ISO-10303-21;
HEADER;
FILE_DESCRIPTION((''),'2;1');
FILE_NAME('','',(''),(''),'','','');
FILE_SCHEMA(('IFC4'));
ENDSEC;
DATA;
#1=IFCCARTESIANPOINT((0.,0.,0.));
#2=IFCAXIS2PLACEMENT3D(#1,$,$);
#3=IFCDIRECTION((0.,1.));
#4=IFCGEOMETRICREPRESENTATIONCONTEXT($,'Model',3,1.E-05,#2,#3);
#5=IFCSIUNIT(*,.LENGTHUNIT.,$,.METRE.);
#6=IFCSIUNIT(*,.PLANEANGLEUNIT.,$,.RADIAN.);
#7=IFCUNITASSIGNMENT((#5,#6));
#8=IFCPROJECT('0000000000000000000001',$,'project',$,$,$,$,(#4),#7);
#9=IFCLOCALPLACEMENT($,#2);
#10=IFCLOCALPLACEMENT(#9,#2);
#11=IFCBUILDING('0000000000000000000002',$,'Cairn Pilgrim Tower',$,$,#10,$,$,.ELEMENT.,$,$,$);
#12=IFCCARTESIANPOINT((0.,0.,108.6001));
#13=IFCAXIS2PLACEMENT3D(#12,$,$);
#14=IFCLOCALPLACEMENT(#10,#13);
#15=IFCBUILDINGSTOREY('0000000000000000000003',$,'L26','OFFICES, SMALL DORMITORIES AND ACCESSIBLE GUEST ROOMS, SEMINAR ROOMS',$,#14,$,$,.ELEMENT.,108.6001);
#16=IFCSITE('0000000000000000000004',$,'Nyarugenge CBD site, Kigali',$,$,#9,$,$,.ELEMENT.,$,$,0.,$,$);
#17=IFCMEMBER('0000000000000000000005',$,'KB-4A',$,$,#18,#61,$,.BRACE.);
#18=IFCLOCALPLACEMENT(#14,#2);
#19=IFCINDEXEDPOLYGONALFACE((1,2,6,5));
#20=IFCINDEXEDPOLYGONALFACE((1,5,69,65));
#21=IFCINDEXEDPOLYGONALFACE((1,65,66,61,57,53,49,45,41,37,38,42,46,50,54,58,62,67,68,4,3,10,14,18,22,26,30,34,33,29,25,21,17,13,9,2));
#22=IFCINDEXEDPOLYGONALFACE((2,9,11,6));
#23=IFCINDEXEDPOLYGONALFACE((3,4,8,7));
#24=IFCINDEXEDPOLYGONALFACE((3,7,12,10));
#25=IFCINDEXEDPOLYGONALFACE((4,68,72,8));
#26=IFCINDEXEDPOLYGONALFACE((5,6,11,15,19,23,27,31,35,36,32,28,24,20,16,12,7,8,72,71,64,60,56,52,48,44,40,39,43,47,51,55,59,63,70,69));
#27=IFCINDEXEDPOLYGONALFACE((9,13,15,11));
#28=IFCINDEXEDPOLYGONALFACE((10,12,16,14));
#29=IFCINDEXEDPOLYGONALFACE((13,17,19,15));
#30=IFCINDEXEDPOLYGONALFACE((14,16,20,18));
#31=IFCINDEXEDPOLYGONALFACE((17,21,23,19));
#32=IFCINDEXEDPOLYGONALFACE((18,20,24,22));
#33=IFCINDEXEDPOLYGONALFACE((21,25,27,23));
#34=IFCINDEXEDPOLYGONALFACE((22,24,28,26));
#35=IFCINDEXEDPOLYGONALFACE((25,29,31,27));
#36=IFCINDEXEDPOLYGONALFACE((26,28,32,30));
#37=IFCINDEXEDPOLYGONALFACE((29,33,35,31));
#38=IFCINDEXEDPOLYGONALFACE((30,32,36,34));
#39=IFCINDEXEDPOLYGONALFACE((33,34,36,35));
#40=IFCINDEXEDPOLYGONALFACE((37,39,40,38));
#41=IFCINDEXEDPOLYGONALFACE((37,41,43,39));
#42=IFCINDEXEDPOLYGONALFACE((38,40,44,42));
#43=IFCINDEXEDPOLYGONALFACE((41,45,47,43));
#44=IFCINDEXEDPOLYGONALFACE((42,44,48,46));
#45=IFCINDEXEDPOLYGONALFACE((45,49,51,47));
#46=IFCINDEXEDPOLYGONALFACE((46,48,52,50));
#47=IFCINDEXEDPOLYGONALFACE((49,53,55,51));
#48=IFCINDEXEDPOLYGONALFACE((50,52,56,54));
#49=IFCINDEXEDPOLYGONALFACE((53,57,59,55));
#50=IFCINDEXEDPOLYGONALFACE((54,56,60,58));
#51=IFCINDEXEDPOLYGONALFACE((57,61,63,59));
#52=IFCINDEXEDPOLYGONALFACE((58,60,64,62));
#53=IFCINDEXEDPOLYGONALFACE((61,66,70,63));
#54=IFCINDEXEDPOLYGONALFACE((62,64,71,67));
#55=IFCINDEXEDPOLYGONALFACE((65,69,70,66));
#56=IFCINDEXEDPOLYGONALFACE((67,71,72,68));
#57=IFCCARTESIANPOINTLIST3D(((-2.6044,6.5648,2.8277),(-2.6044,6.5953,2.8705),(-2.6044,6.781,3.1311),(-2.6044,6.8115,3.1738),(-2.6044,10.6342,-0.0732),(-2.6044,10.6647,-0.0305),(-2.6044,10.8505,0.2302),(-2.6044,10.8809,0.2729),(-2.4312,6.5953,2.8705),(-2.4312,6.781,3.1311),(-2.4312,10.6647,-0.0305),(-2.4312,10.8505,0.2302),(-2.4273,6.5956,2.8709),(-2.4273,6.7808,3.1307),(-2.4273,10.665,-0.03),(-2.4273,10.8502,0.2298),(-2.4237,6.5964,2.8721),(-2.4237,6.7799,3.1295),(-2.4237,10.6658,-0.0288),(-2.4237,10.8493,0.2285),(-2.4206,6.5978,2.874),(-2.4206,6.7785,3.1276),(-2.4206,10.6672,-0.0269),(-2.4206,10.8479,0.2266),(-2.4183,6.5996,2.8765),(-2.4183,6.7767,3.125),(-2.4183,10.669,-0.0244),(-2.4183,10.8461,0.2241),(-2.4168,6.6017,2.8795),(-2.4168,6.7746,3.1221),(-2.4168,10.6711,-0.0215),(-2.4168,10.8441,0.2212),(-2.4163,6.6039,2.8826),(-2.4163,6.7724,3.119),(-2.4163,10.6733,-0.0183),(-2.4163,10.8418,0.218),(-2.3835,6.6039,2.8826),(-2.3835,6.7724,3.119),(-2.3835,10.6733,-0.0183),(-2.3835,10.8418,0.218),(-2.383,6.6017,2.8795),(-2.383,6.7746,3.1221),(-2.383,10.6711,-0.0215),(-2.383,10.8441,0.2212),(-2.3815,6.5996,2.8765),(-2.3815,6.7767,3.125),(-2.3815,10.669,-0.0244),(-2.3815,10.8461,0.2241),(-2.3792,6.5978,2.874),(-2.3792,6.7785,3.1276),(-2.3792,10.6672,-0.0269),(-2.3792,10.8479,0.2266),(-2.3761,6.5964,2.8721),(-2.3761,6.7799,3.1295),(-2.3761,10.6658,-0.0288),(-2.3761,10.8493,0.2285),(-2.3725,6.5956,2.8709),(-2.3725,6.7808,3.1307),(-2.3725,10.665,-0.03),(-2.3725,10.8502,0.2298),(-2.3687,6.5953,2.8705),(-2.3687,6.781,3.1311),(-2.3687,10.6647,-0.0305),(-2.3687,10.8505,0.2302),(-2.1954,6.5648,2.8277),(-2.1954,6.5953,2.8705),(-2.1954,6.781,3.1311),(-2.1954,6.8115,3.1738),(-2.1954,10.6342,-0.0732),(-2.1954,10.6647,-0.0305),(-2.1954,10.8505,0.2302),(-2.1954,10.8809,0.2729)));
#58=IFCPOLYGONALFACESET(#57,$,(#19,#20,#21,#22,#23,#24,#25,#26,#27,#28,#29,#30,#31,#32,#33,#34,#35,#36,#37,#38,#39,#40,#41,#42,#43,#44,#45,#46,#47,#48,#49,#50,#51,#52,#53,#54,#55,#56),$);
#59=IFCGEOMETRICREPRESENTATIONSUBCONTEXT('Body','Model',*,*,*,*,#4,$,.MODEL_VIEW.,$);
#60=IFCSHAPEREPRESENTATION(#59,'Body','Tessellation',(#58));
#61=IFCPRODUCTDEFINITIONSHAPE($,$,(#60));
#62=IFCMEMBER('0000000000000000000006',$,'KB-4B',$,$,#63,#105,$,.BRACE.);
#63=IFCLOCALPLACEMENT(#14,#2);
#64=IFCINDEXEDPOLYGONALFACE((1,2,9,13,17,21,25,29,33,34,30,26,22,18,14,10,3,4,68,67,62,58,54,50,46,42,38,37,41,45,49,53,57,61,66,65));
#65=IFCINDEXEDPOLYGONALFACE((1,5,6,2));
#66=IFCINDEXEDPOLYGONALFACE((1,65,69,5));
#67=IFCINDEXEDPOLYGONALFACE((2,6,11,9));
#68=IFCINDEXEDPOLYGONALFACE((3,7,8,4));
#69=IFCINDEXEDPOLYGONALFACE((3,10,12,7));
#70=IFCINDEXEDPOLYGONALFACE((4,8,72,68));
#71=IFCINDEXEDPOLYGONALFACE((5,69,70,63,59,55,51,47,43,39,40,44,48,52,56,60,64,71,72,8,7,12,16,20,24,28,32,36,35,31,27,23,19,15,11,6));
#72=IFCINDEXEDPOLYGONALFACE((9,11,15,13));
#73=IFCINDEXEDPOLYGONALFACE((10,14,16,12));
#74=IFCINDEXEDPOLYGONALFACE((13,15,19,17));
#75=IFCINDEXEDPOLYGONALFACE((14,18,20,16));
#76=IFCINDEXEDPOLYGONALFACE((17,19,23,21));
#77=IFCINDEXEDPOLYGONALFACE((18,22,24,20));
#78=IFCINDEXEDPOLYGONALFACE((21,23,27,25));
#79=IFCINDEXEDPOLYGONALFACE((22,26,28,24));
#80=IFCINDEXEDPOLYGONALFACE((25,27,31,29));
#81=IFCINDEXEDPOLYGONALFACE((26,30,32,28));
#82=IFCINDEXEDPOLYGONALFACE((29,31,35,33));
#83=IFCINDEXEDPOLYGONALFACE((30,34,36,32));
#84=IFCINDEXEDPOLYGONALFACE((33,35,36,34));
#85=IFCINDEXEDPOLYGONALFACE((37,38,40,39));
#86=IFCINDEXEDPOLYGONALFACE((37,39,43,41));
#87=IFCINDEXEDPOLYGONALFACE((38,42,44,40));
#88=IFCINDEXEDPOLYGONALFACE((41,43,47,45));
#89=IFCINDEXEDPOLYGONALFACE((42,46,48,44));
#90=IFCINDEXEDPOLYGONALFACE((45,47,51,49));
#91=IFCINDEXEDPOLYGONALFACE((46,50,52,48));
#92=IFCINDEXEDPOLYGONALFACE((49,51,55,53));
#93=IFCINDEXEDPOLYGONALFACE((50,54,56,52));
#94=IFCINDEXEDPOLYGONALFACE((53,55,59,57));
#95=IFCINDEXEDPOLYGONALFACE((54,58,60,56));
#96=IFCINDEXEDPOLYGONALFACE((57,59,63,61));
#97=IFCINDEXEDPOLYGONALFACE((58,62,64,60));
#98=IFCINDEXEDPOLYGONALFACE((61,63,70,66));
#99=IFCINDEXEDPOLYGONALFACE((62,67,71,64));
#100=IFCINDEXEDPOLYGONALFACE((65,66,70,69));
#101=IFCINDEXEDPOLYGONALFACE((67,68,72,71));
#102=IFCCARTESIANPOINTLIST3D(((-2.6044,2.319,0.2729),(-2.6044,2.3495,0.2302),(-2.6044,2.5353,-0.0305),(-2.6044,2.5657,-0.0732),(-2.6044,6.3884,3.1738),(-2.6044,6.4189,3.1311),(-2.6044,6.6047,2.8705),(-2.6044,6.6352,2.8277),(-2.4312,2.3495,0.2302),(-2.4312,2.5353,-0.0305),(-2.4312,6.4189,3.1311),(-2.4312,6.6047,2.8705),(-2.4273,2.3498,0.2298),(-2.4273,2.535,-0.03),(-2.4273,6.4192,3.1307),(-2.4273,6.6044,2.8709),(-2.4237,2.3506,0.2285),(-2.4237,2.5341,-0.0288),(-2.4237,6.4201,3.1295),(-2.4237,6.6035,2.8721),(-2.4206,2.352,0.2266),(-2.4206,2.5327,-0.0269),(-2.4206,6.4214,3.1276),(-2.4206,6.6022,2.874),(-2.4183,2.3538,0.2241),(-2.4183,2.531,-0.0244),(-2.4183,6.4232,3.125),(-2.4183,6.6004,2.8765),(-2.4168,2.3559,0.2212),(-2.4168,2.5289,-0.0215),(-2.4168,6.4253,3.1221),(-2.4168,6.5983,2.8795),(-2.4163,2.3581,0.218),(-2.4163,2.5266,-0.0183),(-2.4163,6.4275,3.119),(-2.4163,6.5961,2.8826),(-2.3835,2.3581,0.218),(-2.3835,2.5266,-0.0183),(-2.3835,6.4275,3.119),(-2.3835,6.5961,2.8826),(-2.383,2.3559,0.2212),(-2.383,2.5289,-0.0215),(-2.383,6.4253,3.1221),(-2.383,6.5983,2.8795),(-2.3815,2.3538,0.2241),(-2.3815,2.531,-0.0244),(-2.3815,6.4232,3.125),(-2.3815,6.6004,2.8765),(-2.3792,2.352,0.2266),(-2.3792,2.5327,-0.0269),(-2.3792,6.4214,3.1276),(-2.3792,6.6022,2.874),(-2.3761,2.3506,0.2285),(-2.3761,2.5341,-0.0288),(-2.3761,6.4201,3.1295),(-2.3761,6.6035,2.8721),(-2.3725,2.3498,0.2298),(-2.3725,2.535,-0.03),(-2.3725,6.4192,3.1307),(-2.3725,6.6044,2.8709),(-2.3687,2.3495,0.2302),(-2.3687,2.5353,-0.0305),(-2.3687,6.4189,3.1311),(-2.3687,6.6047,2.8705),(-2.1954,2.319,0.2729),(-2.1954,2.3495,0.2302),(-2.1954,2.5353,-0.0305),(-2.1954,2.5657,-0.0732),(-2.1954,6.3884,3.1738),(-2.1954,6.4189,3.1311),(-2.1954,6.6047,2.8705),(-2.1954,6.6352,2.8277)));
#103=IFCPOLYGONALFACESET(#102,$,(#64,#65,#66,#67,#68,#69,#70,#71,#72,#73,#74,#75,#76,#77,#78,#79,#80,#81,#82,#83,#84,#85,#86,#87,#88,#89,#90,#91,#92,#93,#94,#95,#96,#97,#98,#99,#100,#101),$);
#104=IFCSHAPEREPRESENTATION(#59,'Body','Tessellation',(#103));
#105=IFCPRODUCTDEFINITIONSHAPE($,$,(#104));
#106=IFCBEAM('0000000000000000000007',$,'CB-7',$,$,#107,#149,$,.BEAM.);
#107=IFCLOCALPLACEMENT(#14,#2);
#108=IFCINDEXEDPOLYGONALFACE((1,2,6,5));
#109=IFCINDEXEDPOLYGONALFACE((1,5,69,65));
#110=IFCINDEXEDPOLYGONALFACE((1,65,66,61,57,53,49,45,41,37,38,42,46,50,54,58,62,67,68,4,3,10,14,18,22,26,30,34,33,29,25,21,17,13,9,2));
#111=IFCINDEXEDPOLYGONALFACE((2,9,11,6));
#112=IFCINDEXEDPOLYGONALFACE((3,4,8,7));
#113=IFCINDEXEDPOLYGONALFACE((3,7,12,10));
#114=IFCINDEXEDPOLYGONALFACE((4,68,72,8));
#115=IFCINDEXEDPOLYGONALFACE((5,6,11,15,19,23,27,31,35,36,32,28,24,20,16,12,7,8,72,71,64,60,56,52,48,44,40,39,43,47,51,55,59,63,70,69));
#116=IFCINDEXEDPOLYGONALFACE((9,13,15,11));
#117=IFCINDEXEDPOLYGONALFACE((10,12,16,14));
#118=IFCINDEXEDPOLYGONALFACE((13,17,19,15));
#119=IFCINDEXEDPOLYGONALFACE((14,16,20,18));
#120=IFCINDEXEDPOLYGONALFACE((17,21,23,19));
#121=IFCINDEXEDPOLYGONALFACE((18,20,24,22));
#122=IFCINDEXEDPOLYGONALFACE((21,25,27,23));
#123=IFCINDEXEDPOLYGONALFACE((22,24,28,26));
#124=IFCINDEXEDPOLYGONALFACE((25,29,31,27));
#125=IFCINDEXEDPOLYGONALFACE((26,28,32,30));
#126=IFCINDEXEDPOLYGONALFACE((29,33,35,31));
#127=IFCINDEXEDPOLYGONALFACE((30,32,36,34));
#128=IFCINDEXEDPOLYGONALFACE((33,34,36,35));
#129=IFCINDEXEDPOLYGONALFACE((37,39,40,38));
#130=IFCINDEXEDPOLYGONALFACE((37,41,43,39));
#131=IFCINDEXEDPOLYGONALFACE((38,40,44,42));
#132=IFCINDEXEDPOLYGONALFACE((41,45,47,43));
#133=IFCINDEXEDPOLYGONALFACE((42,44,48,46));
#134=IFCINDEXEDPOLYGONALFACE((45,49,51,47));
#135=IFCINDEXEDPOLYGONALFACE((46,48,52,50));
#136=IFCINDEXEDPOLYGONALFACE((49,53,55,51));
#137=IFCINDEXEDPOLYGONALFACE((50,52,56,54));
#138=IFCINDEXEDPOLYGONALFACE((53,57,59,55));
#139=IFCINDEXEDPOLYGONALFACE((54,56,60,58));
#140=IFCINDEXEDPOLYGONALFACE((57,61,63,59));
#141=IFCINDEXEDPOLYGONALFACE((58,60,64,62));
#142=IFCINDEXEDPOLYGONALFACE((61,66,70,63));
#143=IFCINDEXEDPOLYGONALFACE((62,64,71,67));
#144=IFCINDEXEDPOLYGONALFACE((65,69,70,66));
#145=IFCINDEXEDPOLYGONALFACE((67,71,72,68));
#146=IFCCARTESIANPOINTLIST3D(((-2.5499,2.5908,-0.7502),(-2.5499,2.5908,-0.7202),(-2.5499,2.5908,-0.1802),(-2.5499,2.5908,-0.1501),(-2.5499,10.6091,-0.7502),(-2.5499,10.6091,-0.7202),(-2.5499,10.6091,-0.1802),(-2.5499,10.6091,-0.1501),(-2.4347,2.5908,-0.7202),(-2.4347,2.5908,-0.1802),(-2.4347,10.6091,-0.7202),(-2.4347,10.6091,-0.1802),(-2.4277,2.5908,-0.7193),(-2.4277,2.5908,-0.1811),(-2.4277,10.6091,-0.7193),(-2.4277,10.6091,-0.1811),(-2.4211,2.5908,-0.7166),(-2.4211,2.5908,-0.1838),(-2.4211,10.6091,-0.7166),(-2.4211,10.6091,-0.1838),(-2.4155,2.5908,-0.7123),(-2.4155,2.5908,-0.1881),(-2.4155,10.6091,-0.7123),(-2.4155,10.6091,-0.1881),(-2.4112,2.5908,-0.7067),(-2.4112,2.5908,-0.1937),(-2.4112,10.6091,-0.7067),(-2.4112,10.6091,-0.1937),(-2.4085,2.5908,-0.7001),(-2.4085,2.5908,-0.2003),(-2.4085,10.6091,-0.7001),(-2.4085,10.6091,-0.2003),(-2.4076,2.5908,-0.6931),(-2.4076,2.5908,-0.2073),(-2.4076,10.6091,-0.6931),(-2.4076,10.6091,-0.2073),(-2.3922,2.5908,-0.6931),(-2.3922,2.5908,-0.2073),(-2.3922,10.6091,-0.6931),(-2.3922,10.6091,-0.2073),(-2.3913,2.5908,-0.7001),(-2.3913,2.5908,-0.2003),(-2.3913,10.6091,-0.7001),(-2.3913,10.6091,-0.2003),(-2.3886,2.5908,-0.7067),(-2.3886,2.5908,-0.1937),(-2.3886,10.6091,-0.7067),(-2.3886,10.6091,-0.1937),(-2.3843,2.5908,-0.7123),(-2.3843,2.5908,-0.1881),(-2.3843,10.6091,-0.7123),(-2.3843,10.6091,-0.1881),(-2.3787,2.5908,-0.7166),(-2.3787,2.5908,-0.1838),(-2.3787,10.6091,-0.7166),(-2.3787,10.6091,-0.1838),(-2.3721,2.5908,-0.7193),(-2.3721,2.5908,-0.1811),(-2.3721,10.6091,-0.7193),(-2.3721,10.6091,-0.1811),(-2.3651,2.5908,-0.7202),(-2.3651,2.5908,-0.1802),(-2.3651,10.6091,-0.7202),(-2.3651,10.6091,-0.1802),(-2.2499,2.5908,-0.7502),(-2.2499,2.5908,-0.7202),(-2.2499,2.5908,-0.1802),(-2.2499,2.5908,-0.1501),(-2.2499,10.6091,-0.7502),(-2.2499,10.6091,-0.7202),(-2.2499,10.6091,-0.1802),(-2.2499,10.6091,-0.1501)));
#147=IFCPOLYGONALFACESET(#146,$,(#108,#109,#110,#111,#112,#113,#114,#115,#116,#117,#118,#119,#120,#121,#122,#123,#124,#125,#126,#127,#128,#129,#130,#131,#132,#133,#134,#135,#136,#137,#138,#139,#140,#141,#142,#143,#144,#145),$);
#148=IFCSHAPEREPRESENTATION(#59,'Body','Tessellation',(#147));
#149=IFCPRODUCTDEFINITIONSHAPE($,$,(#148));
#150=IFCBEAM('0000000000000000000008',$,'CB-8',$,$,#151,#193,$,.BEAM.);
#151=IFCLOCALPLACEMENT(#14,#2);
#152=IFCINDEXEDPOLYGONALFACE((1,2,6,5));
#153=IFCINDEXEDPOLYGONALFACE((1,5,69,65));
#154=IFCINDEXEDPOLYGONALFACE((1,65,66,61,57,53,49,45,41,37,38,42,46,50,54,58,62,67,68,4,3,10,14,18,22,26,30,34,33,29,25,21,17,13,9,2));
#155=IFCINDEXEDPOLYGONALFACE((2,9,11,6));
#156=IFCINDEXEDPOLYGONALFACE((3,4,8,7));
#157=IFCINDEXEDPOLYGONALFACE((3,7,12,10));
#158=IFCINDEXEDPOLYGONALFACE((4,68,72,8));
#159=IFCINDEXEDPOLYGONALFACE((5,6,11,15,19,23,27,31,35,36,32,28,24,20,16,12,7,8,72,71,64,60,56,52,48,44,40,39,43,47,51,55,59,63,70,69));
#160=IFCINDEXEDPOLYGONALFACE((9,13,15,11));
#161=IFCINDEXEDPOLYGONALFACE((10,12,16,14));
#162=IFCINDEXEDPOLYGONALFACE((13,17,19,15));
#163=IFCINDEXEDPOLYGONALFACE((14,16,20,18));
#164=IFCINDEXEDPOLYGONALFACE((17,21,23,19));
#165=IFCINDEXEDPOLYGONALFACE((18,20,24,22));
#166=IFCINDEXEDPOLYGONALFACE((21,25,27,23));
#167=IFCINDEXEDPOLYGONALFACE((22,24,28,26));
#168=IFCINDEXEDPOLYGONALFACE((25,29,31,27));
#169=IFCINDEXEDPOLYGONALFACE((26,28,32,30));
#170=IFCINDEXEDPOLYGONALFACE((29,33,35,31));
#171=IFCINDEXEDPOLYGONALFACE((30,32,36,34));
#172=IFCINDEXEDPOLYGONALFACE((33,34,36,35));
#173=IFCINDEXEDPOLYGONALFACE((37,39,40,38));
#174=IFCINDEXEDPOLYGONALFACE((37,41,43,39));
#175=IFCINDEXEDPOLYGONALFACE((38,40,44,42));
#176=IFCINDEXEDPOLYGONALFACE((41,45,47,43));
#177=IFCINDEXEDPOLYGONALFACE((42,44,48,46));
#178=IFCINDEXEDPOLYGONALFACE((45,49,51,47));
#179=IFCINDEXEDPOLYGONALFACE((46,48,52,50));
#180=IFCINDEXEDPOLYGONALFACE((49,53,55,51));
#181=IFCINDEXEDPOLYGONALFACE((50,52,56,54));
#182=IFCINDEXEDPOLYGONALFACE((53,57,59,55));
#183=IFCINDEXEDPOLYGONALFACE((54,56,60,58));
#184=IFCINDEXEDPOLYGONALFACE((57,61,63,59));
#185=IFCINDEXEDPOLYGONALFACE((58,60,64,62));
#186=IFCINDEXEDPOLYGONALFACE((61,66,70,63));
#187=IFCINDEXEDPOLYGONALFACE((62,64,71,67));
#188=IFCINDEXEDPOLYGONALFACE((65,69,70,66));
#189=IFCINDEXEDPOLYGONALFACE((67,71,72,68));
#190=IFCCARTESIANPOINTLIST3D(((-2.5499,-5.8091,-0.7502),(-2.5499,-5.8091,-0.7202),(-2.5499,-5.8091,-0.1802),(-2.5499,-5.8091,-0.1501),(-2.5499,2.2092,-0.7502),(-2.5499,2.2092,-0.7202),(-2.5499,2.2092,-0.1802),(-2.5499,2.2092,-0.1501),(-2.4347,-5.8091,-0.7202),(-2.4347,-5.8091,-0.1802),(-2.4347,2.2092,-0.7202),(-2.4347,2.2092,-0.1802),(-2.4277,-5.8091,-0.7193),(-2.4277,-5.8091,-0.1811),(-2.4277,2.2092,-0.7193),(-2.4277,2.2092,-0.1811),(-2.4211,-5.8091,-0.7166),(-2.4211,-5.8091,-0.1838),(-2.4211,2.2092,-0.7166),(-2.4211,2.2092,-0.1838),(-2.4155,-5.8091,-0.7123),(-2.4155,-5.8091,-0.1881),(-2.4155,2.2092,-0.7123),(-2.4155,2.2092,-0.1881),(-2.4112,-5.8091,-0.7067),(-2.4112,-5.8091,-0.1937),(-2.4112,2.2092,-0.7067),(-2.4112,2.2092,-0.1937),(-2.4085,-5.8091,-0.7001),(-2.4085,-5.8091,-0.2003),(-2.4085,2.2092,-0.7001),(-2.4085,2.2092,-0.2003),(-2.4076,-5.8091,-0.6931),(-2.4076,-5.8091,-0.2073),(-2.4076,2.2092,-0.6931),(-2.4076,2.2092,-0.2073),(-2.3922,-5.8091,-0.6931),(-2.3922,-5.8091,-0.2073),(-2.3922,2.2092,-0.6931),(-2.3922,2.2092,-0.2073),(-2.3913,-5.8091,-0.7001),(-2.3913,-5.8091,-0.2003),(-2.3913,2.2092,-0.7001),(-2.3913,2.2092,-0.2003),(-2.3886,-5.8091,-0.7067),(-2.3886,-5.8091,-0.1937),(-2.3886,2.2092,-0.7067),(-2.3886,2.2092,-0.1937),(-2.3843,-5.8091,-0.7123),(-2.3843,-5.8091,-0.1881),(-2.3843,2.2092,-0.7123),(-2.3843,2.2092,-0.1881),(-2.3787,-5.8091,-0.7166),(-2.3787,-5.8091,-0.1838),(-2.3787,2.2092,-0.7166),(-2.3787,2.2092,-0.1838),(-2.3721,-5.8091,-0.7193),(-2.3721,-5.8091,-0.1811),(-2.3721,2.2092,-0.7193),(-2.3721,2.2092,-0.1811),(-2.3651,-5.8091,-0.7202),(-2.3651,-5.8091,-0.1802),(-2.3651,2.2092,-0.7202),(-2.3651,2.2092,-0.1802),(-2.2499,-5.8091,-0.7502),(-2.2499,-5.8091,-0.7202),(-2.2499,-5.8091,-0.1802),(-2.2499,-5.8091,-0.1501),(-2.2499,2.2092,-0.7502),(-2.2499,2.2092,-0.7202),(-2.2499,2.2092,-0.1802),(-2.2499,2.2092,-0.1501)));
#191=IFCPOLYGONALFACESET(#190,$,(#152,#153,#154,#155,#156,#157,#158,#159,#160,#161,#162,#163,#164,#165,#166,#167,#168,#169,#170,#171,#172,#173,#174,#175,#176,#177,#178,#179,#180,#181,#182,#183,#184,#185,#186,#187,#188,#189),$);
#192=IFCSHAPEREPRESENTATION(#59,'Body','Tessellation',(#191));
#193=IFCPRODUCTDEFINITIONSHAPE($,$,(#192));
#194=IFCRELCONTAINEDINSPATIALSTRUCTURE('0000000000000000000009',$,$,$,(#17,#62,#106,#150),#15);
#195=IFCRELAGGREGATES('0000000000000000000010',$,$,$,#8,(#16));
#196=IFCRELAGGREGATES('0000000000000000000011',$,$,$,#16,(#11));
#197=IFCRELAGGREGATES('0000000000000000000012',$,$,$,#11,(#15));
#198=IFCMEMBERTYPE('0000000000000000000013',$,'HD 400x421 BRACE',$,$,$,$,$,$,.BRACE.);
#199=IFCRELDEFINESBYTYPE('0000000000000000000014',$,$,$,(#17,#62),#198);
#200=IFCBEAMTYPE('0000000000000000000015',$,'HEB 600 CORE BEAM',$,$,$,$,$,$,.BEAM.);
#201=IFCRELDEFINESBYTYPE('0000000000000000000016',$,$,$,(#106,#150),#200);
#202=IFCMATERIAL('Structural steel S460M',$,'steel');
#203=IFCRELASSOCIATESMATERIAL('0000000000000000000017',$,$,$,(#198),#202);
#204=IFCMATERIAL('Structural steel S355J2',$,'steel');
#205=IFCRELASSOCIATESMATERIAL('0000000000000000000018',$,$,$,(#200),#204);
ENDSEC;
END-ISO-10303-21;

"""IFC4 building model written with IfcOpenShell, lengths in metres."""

from ifc_helpers import new_model, si_unit, direction, frame, origin, origin_2d, place, context, subcontext, project, spatial, i_section, extrude, material, material_profile, profile_set, type_object, element, save


model = new_model("IFC4")

# Units and contexts
model_context = context("Model", 3, precision=1e-05, world=origin(), true_north=direction((0.0, 1.0)))
body_context = subcontext(model_context, "Body", "Model", "MODEL_VIEW")
ifc_project = project(units=[si_unit("LENGTHUNIT", "METRE"), si_unit("PLANEANGLEUNIT", "RADIAN")], contexts=[model_context])

# Site, building, storey
site_placement = place(None, origin())
site = spatial("IfcSite", under=ifc_project, at=site_placement, Name="Nyarugenge CBD site, Kigali", CompositionType="ELEMENT", RefElevation=0.0)
building_placement = place(site_placement, origin())
building = spatial("IfcBuilding", under=site, at=building_placement, Name="Cairn Pilgrim Tower", CompositionType="ELEMENT")
storey_placement = place(building_placement, frame((0.0, 0.0, 108.6001)))
storey = spatial("IfcBuildingStorey", under=building, at=storey_placement, Name="L26", Description="OFFICES, SMALL DORMITORIES AND ACCESSIBLE GUEST ROOMS, SEMINAR ROOMS", CompositionType="ELEMENT", Elevation=108.6001)

# Shared definitions
ifc_material_1 = material(Name="Structural steel S460M", Category="steel")

# Members
ifc_material_profile_1 = material_profile(ifc_material_1, i_section(OverallWidth=0.4089, OverallDepth=0.425, WebThickness=0.0327, FlangeThickness=0.0525, FilletRadius=0.0149, at=origin_2d()), Name="HD 400x421")
ifc_profile_set_1 = profile_set([ifc_material_profile_1], Name="Structural steel S460M")
member_type = type_object("IfcMemberType", Name="HD 400x421 BRACE", PredefinedType="BRACE", material=ifc_profile_set_1)
for number, where, z_axis, x_axis, name in (
    (1, (-2.3999, 10.7576, 0.0999), (0.0, -0.814281, 0.580471), (1.0, 0.0, 0.0), "KB-4A"),
    (2, (-2.3999, 2.4424, 0.0999), (0.0, 0.814281, 0.580471), (-1.0, 0.0, 0.0), "KB-4B"),
):
    element("IfcMember", number, at=place(storey_placement, frame(where, z_axis=z_axis, x_axis=x_axis)), inside=storey, type_object=member_type, Name=name, PredefinedType="BRACE", context=body_context, shape_type="SweptSolid", body=[
        extrude(i_section(OverallWidth=0.4089, OverallDepth=0.425, WebThickness=0.0327, FlangeThickness=0.0525, FilletRadius=0.0149, at=origin_2d()), origin(), (0.0, 0.0, 1.0), 4.9976),
    ])

# Beams
ifc_material_2 = material(Name="Structural steel S355J2", Category="steel")
ifc_material_profile_2 = material_profile(ifc_material_2, i_section(OverallWidth=0.3, OverallDepth=0.6001, WebThickness=0.0154, FlangeThickness=0.03, FilletRadius=0.0271, at=origin_2d()), Name="HEB 600")
ifc_profile_set_2 = profile_set([ifc_material_profile_2], Name="Structural steel S355J2")
beam_type_1 = type_object("IfcBeamType", Name="HEB 600 CORE BEAM", PredefinedType="BEAM", material=ifc_profile_set_2)
for number, where, z_axis, x_axis, name in (
    (3, (-2.3999, 10.6091, -0.4502), (0.0, -1.0, 0.0), (1.0, 0.0, 0.0), "CB-7"),
    (4, (-2.3999, 2.2092, -0.4502), (0.0, -1.0, 0.0), (1.0, 0.0, 0.0), "CB-8"),
):
    element("IfcBeam", number, at=place(storey_placement, frame(where, z_axis=z_axis, x_axis=x_axis)), inside=storey, type_object=beam_type_1, Name=name, PredefinedType="BEAM", context=body_context, shape_type="SweptSolid", body=[
        extrude(i_section(OverallWidth=0.3, OverallDepth=0.6001, WebThickness=0.0154, FlangeThickness=0.03, FilletRadius=0.0271, at=origin_2d()), origin(), (0.0, 0.0, 1.0), 8.0183),
    ])

save(model, "model.ifc")
